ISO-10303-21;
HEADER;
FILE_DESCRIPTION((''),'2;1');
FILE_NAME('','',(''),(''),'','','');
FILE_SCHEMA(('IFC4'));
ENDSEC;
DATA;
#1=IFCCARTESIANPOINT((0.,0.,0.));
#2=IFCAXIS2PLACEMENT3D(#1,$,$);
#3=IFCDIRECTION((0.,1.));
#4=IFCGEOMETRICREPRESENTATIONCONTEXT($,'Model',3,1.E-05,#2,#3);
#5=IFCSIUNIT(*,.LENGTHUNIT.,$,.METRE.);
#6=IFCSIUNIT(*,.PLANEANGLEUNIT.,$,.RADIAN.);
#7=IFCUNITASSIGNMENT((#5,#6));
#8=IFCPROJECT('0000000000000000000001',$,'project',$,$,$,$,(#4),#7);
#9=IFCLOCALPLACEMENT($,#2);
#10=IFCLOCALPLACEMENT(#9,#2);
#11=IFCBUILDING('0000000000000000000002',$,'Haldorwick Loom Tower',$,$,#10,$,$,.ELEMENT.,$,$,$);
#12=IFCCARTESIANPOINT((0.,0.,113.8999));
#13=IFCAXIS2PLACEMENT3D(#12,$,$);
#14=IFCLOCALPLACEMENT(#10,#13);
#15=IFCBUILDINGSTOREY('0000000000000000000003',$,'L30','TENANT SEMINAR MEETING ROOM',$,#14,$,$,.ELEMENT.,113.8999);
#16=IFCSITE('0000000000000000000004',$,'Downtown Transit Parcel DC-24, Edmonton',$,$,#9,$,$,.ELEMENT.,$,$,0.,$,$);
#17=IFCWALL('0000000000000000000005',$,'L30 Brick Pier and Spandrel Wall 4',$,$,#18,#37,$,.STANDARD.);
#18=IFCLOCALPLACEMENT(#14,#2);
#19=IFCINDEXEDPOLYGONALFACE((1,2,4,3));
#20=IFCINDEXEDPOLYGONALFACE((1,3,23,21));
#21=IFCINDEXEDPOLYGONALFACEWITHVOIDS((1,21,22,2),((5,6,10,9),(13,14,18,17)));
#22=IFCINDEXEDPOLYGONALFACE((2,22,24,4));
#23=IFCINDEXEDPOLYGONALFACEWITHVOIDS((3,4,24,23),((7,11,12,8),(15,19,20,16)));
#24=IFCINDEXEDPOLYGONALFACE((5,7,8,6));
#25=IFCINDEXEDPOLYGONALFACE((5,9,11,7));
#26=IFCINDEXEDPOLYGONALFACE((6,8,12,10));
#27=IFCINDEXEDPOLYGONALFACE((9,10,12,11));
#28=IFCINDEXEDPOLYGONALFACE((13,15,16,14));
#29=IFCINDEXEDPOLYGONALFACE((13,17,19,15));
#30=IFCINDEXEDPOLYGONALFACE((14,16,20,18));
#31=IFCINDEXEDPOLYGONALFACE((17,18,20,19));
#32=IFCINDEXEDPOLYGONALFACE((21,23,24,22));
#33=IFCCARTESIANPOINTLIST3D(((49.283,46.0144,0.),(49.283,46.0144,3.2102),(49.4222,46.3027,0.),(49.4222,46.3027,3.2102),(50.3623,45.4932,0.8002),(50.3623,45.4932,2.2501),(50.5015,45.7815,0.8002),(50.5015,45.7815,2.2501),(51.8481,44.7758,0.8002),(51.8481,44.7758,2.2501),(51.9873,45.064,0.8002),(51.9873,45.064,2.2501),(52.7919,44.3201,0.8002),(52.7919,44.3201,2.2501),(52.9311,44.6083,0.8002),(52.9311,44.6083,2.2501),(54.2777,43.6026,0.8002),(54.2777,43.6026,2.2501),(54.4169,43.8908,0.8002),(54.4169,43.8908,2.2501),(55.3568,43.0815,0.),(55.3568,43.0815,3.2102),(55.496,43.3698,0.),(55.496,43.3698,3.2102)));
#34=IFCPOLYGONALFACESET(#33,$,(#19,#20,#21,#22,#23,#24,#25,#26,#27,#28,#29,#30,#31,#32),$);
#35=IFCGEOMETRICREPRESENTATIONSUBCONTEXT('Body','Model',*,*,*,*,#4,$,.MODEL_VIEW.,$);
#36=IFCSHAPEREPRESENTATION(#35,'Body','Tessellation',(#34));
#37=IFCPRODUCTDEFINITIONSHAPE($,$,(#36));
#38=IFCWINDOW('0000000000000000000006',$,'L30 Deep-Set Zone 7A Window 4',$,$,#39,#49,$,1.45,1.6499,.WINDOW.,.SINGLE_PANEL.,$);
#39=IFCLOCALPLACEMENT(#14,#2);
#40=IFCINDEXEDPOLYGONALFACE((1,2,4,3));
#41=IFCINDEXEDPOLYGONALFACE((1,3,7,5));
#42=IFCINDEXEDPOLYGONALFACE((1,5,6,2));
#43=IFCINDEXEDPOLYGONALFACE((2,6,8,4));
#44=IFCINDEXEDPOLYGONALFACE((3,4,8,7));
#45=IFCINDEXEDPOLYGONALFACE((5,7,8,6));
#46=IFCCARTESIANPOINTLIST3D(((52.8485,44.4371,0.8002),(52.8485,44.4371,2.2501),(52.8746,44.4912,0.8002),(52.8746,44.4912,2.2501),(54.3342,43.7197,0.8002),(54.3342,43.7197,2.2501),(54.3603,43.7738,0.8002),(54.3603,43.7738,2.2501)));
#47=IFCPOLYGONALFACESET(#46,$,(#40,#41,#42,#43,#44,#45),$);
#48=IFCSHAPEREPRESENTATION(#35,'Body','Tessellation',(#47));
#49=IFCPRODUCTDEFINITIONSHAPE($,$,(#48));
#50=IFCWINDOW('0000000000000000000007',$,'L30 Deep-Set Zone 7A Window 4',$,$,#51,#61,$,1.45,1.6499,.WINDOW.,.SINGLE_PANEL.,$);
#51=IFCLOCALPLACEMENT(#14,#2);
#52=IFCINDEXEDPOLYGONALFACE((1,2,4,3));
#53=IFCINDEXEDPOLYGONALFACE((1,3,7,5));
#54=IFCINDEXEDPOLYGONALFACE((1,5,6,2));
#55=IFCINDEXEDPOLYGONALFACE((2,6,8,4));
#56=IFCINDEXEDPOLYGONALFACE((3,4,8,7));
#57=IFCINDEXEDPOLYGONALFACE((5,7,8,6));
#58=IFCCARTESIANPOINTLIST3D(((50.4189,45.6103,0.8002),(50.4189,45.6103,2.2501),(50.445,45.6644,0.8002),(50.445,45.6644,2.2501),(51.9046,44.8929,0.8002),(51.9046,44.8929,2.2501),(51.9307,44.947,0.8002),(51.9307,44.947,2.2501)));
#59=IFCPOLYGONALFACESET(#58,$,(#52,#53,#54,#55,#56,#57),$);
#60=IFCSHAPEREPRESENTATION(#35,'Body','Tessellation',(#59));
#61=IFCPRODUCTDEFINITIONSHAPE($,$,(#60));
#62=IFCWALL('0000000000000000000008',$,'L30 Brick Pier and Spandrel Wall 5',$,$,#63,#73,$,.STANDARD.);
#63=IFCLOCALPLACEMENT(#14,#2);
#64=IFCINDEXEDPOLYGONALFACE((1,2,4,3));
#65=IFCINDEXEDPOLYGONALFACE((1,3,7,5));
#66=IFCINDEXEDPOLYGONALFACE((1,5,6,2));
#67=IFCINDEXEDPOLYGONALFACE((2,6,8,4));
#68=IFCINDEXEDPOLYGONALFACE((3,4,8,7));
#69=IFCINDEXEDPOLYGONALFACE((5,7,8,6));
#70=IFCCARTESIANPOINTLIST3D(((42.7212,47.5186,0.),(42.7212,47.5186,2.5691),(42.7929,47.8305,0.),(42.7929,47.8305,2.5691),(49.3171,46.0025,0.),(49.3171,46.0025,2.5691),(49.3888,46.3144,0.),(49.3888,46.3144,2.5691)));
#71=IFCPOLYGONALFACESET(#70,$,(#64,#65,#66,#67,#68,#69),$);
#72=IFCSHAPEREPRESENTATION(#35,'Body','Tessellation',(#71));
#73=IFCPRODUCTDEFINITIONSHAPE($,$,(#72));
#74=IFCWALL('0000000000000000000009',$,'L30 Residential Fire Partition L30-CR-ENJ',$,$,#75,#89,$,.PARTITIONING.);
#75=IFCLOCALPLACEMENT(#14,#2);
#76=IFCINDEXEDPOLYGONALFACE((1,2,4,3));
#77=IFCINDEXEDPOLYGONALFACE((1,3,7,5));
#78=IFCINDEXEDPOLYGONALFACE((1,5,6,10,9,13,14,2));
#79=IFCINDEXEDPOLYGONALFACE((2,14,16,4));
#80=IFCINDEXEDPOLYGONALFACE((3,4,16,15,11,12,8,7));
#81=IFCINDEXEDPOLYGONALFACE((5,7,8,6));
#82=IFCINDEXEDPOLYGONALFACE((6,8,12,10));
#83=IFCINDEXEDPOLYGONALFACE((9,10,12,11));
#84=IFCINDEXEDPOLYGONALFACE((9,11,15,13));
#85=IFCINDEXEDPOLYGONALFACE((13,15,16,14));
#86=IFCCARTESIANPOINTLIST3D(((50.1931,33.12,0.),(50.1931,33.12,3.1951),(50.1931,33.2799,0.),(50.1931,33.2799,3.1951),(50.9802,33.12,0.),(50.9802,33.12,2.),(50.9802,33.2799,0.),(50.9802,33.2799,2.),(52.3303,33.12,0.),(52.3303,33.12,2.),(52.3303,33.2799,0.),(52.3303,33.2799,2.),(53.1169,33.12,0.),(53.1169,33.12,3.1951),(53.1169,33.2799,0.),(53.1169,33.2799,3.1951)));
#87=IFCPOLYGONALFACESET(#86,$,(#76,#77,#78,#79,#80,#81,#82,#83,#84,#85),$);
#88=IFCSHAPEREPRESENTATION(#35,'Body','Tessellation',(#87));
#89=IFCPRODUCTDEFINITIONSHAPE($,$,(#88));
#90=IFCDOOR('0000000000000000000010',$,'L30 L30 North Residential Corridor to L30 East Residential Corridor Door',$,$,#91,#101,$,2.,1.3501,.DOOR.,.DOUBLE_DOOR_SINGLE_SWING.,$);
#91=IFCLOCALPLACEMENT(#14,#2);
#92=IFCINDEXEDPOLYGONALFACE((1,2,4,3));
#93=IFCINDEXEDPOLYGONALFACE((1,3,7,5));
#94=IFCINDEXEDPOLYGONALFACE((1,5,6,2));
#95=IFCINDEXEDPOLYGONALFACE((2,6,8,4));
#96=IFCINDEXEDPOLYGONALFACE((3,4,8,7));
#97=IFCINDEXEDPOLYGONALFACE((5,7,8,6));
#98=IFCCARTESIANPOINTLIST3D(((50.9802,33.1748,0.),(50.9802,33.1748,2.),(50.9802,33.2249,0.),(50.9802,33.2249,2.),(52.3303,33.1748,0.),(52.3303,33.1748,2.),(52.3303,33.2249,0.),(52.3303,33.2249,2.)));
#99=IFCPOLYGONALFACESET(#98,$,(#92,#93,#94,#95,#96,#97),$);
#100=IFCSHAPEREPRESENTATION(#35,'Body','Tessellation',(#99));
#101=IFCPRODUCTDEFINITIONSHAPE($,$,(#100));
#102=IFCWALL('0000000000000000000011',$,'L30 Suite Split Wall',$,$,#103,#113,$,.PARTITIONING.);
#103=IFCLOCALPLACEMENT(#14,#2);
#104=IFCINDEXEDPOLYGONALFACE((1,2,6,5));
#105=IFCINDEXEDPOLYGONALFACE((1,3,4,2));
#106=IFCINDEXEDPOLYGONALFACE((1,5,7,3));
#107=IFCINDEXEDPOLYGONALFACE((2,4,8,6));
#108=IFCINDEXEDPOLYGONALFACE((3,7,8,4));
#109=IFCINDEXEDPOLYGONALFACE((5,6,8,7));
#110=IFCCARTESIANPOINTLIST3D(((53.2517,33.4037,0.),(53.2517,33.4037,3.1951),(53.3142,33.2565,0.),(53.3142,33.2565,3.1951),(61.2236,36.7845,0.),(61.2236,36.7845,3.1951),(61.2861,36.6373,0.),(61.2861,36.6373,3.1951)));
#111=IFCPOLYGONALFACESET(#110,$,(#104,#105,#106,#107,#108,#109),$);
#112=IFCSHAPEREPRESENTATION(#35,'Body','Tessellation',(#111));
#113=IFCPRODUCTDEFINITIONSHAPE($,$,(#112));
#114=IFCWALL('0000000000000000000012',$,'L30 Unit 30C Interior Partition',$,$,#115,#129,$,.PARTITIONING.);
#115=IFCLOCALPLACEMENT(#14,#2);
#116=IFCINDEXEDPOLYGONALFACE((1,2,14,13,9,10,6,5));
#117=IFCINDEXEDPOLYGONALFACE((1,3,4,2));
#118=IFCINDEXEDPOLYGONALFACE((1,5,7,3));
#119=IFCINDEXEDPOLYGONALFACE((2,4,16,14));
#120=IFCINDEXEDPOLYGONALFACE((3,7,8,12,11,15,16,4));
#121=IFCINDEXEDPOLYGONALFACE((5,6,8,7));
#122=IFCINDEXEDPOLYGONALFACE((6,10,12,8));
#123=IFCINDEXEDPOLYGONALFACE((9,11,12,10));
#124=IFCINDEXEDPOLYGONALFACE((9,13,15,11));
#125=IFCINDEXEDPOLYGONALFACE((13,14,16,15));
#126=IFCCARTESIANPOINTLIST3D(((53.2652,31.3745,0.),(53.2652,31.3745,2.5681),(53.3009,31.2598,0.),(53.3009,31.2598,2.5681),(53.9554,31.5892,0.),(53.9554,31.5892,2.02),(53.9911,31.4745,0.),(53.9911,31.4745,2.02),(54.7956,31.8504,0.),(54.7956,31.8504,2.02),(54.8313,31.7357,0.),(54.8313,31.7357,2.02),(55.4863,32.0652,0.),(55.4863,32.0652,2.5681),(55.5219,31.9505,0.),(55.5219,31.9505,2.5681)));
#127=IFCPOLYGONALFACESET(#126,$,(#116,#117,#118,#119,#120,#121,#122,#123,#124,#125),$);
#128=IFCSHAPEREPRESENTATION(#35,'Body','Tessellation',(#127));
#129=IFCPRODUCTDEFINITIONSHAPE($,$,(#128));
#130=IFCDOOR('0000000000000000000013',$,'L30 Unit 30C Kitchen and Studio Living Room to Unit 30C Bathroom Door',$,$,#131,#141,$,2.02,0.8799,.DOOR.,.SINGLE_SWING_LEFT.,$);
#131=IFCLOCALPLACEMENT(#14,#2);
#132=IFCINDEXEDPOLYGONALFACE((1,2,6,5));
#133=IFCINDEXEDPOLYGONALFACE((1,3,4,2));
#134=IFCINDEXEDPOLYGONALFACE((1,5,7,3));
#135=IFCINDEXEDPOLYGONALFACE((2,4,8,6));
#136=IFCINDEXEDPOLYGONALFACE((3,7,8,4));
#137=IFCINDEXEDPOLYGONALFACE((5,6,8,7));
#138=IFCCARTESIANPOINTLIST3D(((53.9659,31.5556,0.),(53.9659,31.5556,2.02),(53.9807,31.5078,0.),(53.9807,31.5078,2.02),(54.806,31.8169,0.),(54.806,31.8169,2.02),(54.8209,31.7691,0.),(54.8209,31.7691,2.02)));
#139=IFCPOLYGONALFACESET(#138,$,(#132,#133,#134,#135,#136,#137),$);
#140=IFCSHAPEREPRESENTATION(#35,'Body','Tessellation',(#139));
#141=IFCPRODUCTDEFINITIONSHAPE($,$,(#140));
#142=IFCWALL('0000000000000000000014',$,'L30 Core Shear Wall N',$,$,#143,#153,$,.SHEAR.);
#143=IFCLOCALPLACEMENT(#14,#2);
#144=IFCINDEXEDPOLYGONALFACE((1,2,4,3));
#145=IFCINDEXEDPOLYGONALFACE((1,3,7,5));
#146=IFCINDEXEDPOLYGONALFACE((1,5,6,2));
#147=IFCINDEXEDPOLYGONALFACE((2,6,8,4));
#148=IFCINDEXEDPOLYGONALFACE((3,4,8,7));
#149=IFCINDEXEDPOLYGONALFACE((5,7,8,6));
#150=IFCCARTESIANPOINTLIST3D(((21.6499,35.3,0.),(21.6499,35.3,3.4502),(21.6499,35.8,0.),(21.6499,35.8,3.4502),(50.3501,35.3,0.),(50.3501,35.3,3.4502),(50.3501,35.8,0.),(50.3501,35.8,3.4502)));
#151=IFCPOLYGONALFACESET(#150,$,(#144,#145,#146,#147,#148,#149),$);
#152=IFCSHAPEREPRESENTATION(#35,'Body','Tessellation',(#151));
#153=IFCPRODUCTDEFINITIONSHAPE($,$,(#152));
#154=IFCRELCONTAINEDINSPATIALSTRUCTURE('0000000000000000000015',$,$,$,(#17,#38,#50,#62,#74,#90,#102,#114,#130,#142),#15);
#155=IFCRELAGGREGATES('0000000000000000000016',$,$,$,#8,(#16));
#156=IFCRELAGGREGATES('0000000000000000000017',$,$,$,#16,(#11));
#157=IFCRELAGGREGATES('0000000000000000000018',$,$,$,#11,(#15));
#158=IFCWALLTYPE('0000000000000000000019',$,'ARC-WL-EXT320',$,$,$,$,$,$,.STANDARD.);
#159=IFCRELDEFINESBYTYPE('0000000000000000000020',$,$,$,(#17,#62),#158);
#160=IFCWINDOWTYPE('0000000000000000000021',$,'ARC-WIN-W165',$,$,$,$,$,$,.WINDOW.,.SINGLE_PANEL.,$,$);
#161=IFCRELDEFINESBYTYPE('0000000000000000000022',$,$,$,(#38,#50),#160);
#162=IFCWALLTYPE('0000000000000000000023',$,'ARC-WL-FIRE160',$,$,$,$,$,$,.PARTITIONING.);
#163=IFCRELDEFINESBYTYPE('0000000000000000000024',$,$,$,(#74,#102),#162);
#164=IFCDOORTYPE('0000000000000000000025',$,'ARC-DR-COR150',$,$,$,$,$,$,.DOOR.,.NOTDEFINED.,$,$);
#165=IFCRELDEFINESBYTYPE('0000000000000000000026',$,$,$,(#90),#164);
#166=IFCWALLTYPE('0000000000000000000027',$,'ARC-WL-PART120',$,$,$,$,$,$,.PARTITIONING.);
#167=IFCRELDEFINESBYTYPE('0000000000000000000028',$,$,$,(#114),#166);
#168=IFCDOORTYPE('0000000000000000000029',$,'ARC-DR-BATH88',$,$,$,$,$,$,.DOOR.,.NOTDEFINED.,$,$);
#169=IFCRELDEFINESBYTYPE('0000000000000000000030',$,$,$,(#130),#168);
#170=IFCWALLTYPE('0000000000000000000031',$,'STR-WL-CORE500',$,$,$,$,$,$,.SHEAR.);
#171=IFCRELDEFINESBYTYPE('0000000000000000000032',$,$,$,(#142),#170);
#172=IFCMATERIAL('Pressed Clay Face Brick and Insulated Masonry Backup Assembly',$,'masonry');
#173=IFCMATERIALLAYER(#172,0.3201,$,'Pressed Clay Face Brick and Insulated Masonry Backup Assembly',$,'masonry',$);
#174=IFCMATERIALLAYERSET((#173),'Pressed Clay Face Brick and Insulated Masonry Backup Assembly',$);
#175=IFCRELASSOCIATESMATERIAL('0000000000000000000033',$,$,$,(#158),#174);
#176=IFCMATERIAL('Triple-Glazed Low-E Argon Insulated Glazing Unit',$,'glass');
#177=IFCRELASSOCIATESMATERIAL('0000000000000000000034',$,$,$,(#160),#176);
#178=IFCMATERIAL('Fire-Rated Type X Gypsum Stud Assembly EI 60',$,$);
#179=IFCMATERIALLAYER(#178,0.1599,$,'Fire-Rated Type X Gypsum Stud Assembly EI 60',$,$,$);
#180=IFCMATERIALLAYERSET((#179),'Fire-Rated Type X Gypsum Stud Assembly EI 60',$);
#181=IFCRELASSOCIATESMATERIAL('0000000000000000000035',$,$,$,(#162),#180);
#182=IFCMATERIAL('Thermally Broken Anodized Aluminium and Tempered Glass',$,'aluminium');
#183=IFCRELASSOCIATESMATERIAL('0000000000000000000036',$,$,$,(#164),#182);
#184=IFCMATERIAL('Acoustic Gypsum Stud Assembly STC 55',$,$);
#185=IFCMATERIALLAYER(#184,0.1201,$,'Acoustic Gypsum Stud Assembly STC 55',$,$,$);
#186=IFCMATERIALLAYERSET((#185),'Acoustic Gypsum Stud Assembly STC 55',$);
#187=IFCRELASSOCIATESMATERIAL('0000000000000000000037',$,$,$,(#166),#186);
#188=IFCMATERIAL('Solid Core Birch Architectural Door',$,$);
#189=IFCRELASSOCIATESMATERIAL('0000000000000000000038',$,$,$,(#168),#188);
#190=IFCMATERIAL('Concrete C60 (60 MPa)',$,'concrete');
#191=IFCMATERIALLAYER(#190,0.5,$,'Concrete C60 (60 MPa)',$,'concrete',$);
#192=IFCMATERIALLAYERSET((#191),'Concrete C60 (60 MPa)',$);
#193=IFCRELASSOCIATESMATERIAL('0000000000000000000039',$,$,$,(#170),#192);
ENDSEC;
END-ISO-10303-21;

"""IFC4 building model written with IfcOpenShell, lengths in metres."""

from ifc_helpers import new_model, si_unit, direction, frame, frame_2d, origin, place, context, subcontext, project, spatial, rectangle, extrude, material, layer, layer_set, type_object, element, fill, save


model = new_model("IFC4")

# Units and contexts
model_context = context("Model", 3, precision=1e-05, world=origin(), true_north=direction((0.0, 1.0)))
body_context = subcontext(model_context, "Body", "Model", "MODEL_VIEW")
ifc_project = project(units=[si_unit("LENGTHUNIT", "METRE"), si_unit("PLANEANGLEUNIT", "RADIAN")], contexts=[model_context])

# Site, building, storey
site_placement = place(None, origin())
site = spatial("IfcSite", under=ifc_project, at=site_placement, Name="Downtown Transit Parcel DC-24, Edmonton", CompositionType="ELEMENT", RefElevation=0.0)
building_placement = place(site_placement, origin())
building = spatial("IfcBuilding", under=site, at=building_placement, Name="Haldorwick Loom Tower", CompositionType="ELEMENT")
storey_placement = place(building_placement, frame((0.0, 0.0, 113.8999)))
storey = spatial("IfcBuildingStorey", under=building, at=storey_placement, Name="L30", Description="TENANT SEMINAR MEETING ROOM", CompositionType="ELEMENT", Elevation=113.8999)

# Shared definitions
ifc_material_1 = material(Name="Concrete C60 (60 MPa)", Category="concrete")

# Shared definitions
ifc_material_2 = material(Name="Pressed Clay Face Brick and Insulated Masonry Backup Assembly", Category="masonry")
ifc_layer_1 = layer(ifc_material_2, 0.3201, Name="Pressed Clay Face Brick and Insulated Masonry Backup Assembly", Category="masonry")
ifc_layer_set_1 = layer_set([ifc_layer_1], Name="Pressed Clay Face Brick and Insulated Masonry Backup Assembly")
wall_type_1 = type_object("IfcWallType", Name="ARC-WL-EXT320", PredefinedType="STANDARD", material=ifc_layer_set_1)

# Shared definitions
ifc_material_3 = material(Name="Triple-Glazed Low-E Argon Insulated Glazing Unit", Category="glass")
window_type = type_object("IfcWindowType", Name="ARC-WIN-W165", PartitioningType="SINGLE_PANEL", PredefinedType="WINDOW", material=ifc_material_3)

# Wall, openings, windows
wall_1_placement = place(storey_placement, frame((55.4265, 43.2256, 0.0), z_axis=(0.0, 0.0, 1.0), x_axis=(-0.90051, 0.434835, 0.0)))
wall_1 = element("IfcWall", 1, at=wall_1_placement, inside=storey, type_object=wall_type_1, Name="L30 Brick Pier and Spandrel Wall 4", PredefinedType="STANDARD", context=body_context, shape_type="SweptSolid", body=[
    extrude(rectangle(XDim=6.7449, YDim=0.3201, at=frame_2d((3.3726, 0.0))), origin(), (0.0, 0.0, 1.0), 3.2102),
])
opening_1_placement = place(wall_1_placement, frame((1.1985, 0.0, 0.8)))
opening_1 = element("IfcOpeningElement", 2, at=opening_1_placement, cuts=wall_1, PredefinedType="OPENING", context=body_context, shape_type="SweptSolid", body=[
    extrude(rectangle(XDim=1.6499, YDim=1.45, at=frame_2d((0.825, 0.7251))), frame((0.0, 0.1699, 0.0), z_axis=(0.0, -1.0, 0.0), x_axis=(1.0, 0.0, 0.0)), (0.0, 0.0, 1.0), 0.3401),
])
opening_2_placement = place(wall_1_placement, frame((3.8965, 0.0, 0.8)))
opening_2 = element("IfcOpeningElement", 3, at=opening_2_placement, cuts=wall_1, PredefinedType="OPENING", context=body_context, shape_type="SweptSolid", body=[
    extrude(rectangle(XDim=1.6499, YDim=1.45, at=frame_2d((0.825, 0.7251))), frame((0.0, 0.1699, 0.0), z_axis=(0.0, -1.0, 0.0), x_axis=(1.0, 0.0, 0.0)), (0.0, 0.0, 1.0), 0.3401),
])
window_1_placement = place(opening_1_placement, origin())
window_1 = element("IfcWindow", 4, at=window_1_placement, inside=storey, type_object=window_type, Name="L30 Deep-Set Zone 7A Window 4", OverallHeight=1.45, OverallWidth=1.6499, PartitioningType="SINGLE_PANEL", PredefinedType="WINDOW", context=body_context, shape_type="SweptSolid", body=[
    extrude(rectangle(XDim=1.6499, YDim=1.45, at=frame_2d((0.825, 0.7251))), frame((0.0, 0.03, 0.0), z_axis=(0.0, -1.0, 0.0), x_axis=(1.0, 0.0, 0.0)), (0.0, 0.0, 1.0), 0.0601),
])
fill(opening_1, window_1)
window_2_placement = place(opening_2_placement, origin())
window_2 = element("IfcWindow", 5, at=window_2_placement, inside=storey, type_object=window_type, Name="L30 Deep-Set Zone 7A Window 4", OverallHeight=1.45, OverallWidth=1.6499, PartitioningType="SINGLE_PANEL", PredefinedType="WINDOW", context=body_context, shape_type="SweptSolid", body=[
    extrude(rectangle(XDim=1.6499, YDim=1.45, at=frame_2d((0.825, 0.7251))), frame((0.0, 0.03, 0.0), z_axis=(0.0, -1.0, 0.0), x_axis=(1.0, 0.0, 0.0)), (0.0, 0.0, 1.0), 0.0601),
])
fill(opening_2, window_2)

# Wall
wall_2_placement = place(storey_placement, frame((49.3528, 46.1584, 0.0), z_axis=(0.0, 0.0, 1.0), x_axis=(-0.974584, 0.224022, 0.0)))
element("IfcWall", 6, at=wall_2_placement, inside=storey, type_object=wall_type_1, Name="L30 Brick Pier and Spandrel Wall 5", PredefinedType="STANDARD", context=body_context, shape_type="SweptSolid", body=[
    extrude(rectangle(XDim=6.7678, YDim=0.3201, at=frame_2d((3.3838, 0.0))), origin(), (0.0, 0.0, 1.0), 2.5691),
])

# Wall, opening, door
ifc_material_4 = material(Name="Fire-Rated Type X Gypsum Stud Assembly EI 60")
ifc_layer_2 = layer(ifc_material_4, 0.1599, Name="Fire-Rated Type X Gypsum Stud Assembly EI 60")
ifc_layer_set_2 = layer_set([ifc_layer_2], Name="Fire-Rated Type X Gypsum Stud Assembly EI 60")
wall_type_2 = type_object("IfcWallType", Name="ARC-WL-FIRE160", PredefinedType="PARTITIONING", material=ifc_layer_set_2)
wall_3_placement = place(storey_placement, frame((50.1931, 33.2, 0.0), z_axis=(0.0, 0.0, 1.0), x_axis=(1.0, 0.0, 0.0)))
wall_3 = element("IfcWall", 7, at=wall_3_placement, inside=storey, type_object=wall_type_2, Name="L30 Residential Fire Partition L30-CR-ENJ", PredefinedType="PARTITIONING", context=body_context, shape_type="SweptSolid", body=[
    extrude(rectangle(XDim=2.9238, YDim=0.1599, at=frame_2d((1.4619, 0.0))), origin(), (0.0, 0.0, 1.0), 3.1951),
])
opening_3_placement = place(wall_3_placement, frame((0.7871, 0.0, 0.0)))
opening_3 = element("IfcOpeningElement", 8, at=opening_3_placement, cuts=wall_3, PredefinedType="OPENING", context=body_context, shape_type="SweptSolid", body=[
    extrude(rectangle(XDim=1.3501, YDim=2.0, at=frame_2d((0.675, 1.0))), frame((0.0, 0.0898, 0.0), z_axis=(0.0, -1.0, 0.0), x_axis=(1.0, 0.0, 0.0)), (0.0, 0.0, 1.0), 0.1799),
])
ifc_material_5 = material(Name="Thermally Broken Anodized Aluminium and Tempered Glass", Category="aluminium")
door_type_1 = type_object("IfcDoorType", Name="ARC-DR-COR150", OperationType="NOTDEFINED", PredefinedType="DOOR", material=ifc_material_5)
door_1_placement = place(opening_3_placement, origin())
door_1 = element("IfcDoor", 9, at=door_1_placement, inside=storey, type_object=door_type_1, Name="L30 L30 North Residential Corridor to L30 East Residential Corridor Door", OperationType="DOUBLE_DOOR_SINGLE_SWING", OverallHeight=2.0, OverallWidth=1.3501, PredefinedType="DOOR", context=body_context, shape_type="SweptSolid", body=[
    extrude(rectangle(XDim=1.3501, YDim=2.0, at=frame_2d((0.675, 1.0))), frame((0.0, 0.0249, 0.0), z_axis=(0.0, -1.0, 0.0), x_axis=(1.0, 0.0, 0.0)), (0.0, 0.0, 1.0), 0.05),
])
fill(opening_3, door_1)

# Wall
wall_4_placement = place(storey_placement, frame((53.283, 33.3301, 0.0), z_axis=(0.0, 0.0, 1.0), x_axis=(0.92063, 0.390435, 0.0)))
element("IfcWall", 10, at=wall_4_placement, inside=storey, type_object=wall_type_2, Name="L30 Suite Split Wall", PredefinedType="PARTITIONING", context=body_context, shape_type="SweptSolid", body=[
    extrude(rectangle(XDim=8.6592, YDim=0.1599, at=frame_2d((4.3296, 0.0))), origin(), (0.0, 0.0, 1.0), 3.1951),
])

# Wall, opening, door
ifc_material_6 = material(Name="Acoustic Gypsum Stud Assembly STC 55")
ifc_layer_3 = layer(ifc_material_6, 0.1201, Name="Acoustic Gypsum Stud Assembly STC 55")
ifc_layer_set_3 = layer_set([ifc_layer_3], Name="Acoustic Gypsum Stud Assembly STC 55")
wall_type_3 = type_object("IfcWallType", Name="ARC-WL-PART120", PredefinedType="PARTITIONING", material=ifc_layer_set_3)
wall_5_placement = place(storey_placement, frame((53.283, 31.3171, 0.0), z_axis=(0.0, 0.0, 1.0), x_axis=(0.954892, 0.296954, 0.0)))
wall_5 = element("IfcWall", 11, at=wall_5_placement, inside=storey, type_object=wall_type_3, Name="L30 Unit 30C Interior Partition", PredefinedType="PARTITIONING", context=body_context, shape_type="SweptSolid", body=[
    extrude(rectangle(XDim=2.3259, YDim=0.1201, at=frame_2d((1.1631, 0.0))), origin(), (0.0, 0.0, 1.0), 2.5681),
])
opening_4_placement = place(wall_5_placement, frame((0.7229, 0.0, 0.0)))
opening_4 = element("IfcOpeningElement", 12, at=opening_4_placement, cuts=wall_5, PredefinedType="OPENING", context=body_context, shape_type="SweptSolid", body=[
    extrude(rectangle(XDim=0.8799, YDim=2.02, at=frame_2d((0.4399, 1.01))), frame((0.0, 0.0701, 0.0), z_axis=(0.0, -1.0, 0.0), x_axis=(1.0, 0.0, 0.0)), (0.0, 0.0, 1.0), 0.1401),
])
ifc_material_7 = material(Name="Solid Core Birch Architectural Door")
door_type_2 = type_object("IfcDoorType", Name="ARC-DR-BATH88", OperationType="NOTDEFINED", PredefinedType="DOOR", material=ifc_material_7)
door_2_placement = place(opening_4_placement, origin())
door_2 = element("IfcDoor", 13, at=door_2_placement, inside=storey, type_object=door_type_2, Name="L30 Unit 30C Kitchen and Studio Living Room to Unit 30C Bathroom Door", OperationType="SINGLE_SWING_LEFT", OverallHeight=2.02, OverallWidth=0.8799, PredefinedType="DOOR", context=body_context, shape_type="SweptSolid", body=[
    extrude(rectangle(XDim=0.8799, YDim=2.02, at=frame_2d((0.4399, 1.01))), frame((0.0, 0.0249, 0.0), z_axis=(0.0, -1.0, 0.0), x_axis=(1.0, 0.0, 0.0)), (0.0, 0.0, 1.0), 0.05),
])
fill(opening_4, door_2)

# Wall
ifc_layer_4 = layer(ifc_material_1, 0.5, Name="Concrete C60 (60 MPa)", Category="concrete")
ifc_layer_set_4 = layer_set([ifc_layer_4], Name="Concrete C60 (60 MPa)")
wall_type_4 = type_object("IfcWallType", Name="STR-WL-CORE500", PredefinedType="SHEAR", material=ifc_layer_set_4)
wall_6_placement = place(storey_placement, frame((50.3501, 35.55, 0.0), z_axis=(0.0, 0.0, 1.0), x_axis=(-1.0, 0.0, 0.0)))
element("IfcWall", 14, at=wall_6_placement, inside=storey, type_object=wall_type_4, Name="L30 Core Shear Wall N", PredefinedType="SHEAR", context=body_context, shape_type="SweptSolid", body=[
    extrude(rectangle(XDim=28.7002, YDim=0.5, at=frame_2d((14.3501, 0.0))), origin(), (0.0, 0.0, 1.0), 3.4502),
])

save(model, "model.ifc")
